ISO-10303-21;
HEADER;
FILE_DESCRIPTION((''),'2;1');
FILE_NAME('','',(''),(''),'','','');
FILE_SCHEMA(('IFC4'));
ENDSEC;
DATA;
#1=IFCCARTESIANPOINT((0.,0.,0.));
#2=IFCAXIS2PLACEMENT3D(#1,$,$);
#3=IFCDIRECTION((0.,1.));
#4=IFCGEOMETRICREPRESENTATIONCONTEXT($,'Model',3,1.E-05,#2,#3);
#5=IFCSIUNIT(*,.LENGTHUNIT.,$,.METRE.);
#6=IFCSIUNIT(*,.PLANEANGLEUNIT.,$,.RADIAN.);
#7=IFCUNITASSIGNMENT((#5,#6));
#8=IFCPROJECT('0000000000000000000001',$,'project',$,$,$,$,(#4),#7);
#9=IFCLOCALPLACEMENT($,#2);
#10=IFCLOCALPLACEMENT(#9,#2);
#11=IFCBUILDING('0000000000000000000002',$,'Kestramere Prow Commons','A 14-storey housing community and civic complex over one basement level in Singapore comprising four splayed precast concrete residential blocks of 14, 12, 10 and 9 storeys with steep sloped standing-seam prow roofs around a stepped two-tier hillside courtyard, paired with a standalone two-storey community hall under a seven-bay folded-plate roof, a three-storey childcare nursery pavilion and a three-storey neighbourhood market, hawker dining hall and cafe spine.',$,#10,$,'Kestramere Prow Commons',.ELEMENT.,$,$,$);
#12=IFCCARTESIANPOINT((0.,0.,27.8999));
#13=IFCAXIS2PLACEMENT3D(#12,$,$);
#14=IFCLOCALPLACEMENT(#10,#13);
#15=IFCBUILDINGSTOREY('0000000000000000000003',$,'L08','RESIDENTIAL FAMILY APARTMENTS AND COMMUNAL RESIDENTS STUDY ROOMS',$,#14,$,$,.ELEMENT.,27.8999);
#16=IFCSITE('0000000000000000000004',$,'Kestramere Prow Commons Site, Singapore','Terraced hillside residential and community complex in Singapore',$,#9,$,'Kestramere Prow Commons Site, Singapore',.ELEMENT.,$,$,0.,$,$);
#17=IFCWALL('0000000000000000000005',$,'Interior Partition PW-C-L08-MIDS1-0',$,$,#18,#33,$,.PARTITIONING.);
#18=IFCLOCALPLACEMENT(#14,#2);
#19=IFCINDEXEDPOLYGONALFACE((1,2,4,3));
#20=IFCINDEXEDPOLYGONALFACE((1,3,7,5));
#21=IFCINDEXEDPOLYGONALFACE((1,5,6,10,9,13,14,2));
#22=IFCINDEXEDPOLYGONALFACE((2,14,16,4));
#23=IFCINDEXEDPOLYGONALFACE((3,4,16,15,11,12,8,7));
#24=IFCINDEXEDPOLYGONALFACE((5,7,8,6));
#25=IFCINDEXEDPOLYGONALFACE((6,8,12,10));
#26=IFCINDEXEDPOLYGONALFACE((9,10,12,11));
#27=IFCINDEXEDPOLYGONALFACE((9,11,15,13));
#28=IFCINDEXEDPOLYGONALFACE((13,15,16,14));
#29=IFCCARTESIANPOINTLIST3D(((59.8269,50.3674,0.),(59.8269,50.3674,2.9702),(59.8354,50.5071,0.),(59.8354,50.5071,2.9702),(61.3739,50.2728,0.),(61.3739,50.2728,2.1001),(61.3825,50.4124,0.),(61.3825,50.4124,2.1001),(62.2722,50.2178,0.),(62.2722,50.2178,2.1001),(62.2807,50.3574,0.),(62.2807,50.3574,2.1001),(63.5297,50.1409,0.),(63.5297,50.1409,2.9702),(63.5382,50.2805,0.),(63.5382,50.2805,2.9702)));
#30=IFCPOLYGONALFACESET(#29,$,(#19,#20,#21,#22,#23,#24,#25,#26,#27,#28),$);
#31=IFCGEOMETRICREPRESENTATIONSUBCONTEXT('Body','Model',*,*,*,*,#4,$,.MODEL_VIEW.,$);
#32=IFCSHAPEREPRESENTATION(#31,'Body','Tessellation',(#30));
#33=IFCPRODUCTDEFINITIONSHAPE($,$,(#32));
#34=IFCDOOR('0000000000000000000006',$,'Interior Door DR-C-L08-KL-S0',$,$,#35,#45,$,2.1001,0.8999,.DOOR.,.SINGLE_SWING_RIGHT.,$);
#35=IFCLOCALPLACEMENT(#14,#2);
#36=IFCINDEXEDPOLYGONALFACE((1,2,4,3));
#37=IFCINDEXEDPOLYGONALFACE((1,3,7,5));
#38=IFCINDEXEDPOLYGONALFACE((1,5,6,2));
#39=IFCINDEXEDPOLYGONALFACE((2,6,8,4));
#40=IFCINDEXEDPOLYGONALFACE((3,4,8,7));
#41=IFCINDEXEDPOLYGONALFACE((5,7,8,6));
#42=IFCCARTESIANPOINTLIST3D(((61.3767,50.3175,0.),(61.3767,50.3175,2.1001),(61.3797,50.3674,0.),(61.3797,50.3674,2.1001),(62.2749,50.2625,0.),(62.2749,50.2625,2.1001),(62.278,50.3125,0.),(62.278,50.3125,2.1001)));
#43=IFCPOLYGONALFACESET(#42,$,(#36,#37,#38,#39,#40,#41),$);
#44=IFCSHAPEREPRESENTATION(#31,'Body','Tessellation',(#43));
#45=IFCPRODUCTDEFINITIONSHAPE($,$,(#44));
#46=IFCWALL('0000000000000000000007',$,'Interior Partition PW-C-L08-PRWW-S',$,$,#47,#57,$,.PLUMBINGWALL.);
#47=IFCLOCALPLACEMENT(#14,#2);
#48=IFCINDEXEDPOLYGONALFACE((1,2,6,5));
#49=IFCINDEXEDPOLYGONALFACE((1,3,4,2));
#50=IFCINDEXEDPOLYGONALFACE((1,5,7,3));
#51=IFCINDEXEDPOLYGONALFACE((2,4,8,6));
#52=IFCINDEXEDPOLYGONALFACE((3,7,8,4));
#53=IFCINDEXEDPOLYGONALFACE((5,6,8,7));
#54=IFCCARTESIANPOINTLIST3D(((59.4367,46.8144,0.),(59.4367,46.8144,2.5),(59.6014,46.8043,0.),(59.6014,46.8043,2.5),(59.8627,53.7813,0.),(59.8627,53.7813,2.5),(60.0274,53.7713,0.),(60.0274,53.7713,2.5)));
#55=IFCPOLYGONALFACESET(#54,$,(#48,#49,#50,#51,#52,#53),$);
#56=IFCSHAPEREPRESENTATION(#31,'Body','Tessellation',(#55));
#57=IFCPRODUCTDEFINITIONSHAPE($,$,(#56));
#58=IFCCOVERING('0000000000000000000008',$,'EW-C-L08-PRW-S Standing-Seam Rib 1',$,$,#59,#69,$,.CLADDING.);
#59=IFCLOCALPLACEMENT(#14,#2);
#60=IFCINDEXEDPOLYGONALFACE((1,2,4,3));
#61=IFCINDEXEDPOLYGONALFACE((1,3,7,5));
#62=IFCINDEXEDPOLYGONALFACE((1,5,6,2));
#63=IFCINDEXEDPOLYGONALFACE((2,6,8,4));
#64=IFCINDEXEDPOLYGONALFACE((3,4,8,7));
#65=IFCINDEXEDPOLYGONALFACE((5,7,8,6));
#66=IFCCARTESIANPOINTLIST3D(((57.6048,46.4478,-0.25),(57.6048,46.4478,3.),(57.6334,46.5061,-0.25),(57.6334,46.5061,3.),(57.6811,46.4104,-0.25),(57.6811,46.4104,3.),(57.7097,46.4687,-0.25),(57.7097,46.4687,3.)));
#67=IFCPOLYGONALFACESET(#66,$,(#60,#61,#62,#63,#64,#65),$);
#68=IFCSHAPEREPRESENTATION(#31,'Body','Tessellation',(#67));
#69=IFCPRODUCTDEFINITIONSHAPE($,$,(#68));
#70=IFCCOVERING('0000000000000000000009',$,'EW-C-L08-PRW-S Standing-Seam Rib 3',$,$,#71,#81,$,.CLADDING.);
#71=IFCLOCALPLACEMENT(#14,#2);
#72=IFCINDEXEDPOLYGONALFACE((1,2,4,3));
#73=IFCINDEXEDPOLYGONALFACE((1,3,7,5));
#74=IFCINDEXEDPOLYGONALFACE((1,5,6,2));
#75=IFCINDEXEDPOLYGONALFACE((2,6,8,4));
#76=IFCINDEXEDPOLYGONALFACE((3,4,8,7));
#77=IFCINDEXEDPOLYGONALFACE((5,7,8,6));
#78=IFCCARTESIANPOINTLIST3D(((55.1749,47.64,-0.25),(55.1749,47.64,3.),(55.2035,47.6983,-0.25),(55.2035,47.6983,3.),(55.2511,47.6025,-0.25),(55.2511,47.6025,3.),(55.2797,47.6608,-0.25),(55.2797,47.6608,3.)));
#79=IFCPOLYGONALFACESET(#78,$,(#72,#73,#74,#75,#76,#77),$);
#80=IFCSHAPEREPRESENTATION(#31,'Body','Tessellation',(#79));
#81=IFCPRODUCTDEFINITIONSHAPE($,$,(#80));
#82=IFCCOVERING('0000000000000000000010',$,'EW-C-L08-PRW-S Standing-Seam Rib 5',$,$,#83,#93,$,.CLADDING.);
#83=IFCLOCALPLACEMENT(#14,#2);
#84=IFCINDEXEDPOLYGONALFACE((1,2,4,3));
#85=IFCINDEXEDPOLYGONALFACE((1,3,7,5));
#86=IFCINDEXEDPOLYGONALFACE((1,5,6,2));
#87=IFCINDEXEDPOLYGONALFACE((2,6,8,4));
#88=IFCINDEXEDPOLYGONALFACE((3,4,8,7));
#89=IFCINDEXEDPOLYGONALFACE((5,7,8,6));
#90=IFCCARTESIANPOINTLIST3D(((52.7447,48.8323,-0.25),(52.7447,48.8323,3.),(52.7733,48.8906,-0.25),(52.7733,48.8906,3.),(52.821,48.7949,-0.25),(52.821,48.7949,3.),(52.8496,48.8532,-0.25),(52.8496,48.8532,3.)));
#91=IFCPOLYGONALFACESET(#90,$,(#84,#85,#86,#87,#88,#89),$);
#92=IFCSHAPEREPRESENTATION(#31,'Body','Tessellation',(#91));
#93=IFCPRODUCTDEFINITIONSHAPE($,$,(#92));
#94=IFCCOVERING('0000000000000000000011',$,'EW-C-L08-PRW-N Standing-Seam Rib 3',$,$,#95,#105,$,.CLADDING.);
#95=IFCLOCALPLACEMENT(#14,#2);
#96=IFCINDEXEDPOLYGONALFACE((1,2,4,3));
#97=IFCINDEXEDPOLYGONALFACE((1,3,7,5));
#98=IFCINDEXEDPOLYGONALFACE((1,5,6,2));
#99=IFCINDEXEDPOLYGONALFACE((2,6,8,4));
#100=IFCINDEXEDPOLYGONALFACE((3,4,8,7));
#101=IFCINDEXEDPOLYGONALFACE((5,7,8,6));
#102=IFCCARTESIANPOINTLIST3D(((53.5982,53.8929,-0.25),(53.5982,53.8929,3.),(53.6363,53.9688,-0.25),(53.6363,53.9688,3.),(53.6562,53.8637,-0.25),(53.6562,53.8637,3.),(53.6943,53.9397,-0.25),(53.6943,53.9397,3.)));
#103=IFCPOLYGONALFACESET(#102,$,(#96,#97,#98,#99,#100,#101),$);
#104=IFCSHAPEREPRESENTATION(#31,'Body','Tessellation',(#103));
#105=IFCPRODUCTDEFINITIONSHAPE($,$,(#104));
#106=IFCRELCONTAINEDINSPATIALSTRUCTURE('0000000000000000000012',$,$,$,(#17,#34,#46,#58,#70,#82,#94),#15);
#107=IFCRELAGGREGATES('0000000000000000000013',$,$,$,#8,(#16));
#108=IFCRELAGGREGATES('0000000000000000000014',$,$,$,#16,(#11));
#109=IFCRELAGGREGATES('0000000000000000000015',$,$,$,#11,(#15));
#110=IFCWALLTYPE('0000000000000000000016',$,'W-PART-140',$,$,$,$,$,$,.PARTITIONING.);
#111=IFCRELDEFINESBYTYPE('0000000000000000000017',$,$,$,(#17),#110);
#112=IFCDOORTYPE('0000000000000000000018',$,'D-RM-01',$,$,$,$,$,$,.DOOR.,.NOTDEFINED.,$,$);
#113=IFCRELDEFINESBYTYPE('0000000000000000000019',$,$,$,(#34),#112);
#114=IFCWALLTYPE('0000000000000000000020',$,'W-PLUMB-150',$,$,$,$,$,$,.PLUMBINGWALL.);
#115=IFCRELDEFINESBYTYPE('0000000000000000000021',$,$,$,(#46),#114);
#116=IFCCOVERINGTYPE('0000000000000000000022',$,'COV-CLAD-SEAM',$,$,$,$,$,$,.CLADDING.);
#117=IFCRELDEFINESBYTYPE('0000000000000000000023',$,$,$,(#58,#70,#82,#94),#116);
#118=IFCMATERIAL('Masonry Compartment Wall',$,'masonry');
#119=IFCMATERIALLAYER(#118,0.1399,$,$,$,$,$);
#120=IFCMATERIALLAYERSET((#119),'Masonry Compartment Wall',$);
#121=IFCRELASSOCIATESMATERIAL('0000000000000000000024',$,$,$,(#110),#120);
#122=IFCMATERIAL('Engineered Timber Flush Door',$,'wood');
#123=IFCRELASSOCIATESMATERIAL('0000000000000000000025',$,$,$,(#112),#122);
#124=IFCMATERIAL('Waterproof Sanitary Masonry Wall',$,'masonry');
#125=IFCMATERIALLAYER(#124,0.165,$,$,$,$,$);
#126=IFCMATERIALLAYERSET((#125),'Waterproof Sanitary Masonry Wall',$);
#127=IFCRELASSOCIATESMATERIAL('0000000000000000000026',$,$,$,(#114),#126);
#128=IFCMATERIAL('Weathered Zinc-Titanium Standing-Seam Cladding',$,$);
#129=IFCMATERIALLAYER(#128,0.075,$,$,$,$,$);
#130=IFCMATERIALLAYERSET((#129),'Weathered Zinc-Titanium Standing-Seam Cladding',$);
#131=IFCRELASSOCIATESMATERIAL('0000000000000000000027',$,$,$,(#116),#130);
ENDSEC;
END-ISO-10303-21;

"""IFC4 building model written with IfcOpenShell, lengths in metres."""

from ifc_helpers import new_model, si_unit, direction, frame, frame_2d, origin, origin_2d, place, context, subcontext, project, spatial, rectangle, extrude, material, layer, layer_set, type_object, element, fill, save


model = new_model("IFC4")

# Units and contexts
model_context = context("Model", 3, precision=1e-05, world=origin(), true_north=direction((0.0, 1.0)))
body_context = subcontext(model_context, "Body", "Model", "MODEL_VIEW")
ifc_project = project(units=[si_unit("LENGTHUNIT", "METRE"), si_unit("PLANEANGLEUNIT", "RADIAN")], contexts=[model_context])

# Site, building, storey
site_placement = place(None, origin())
site = spatial("IfcSite", under=ifc_project, at=site_placement, Name="Kestramere Prow Commons Site, Singapore", Description="Terraced hillside residential and community complex in Singapore", LongName="Kestramere Prow Commons Site, Singapore", CompositionType="ELEMENT", RefElevation=0.0)
building_placement = place(site_placement, origin())
building = spatial("IfcBuilding", under=site, at=building_placement, Name="Kestramere Prow Commons", Description="A 14-storey housing community and civic complex over one basement level in Singapore comprising four splayed precast concrete residential blocks of 14, 12, 10 and 9 storeys with steep sloped standing-seam prow roofs around a stepped two-tier hillside courtyard, paired with a standalone two-storey community hall under a seven-bay folded-plate roof, a three-storey childcare nursery pavilion and a three-storey neighbourhood market, hawker dining hall and cafe spine.", LongName="Kestramere Prow Commons", CompositionType="ELEMENT")
storey_placement = place(building_placement, frame((0.0, 0.0, 27.8999)))
storey = spatial("IfcBuildingStorey", under=building, at=storey_placement, Name="L08", Description="RESIDENTIAL FAMILY APARTMENTS AND COMMUNAL RESIDENTS STUDY ROOMS", CompositionType="ELEMENT", Elevation=27.8999)

# Shared definitions
ifc_material_1 = material(Name="Weathered Zinc-Titanium Standing-Seam Cladding")

# Wall, opening, door
ifc_material_2 = material(Name="Masonry Compartment Wall", Category="masonry")
ifc_layer_1 = layer(ifc_material_2, 0.1399)
ifc_layer_set_1 = layer_set([ifc_layer_1], Name="Masonry Compartment Wall")
wall_type_1 = type_object("IfcWallType", Name="W-PART-140", PredefinedType="PARTITIONING", material=ifc_layer_set_1)
wall_1_placement = place(storey_placement, frame((59.8311, 50.4373, 0.0), z_axis=(0.0, 0.0, 1.0), x_axis=(0.998133, -0.061071, 0.0)))
wall_1 = element("IfcWall", 1, at=wall_1_placement, inside=storey, type_object=wall_type_1, Name="Interior Partition PW-C-L08-MIDS1-0", PredefinedType="PARTITIONING", context=body_context, shape_type="SweptSolid", body=[
    extrude(rectangle(XDim=3.7097, YDim=0.1399, at=frame_2d((1.855, 0.0))), origin(), (0.0, 0.0, 1.0), 2.9702),
])
opening_1_placement = place(wall_1_placement, frame((1.55, 0.0, 0.0)))
opening_1 = element("IfcOpeningElement", 2, at=opening_1_placement, cuts=wall_1, PredefinedType="OPENING", context=body_context, shape_type="SweptSolid", body=[
    extrude(rectangle(XDim=0.8999, YDim=2.1001, at=frame_2d((0.45, 1.05))), frame((0.0, 0.085, 0.0), z_axis=(0.0, -1.0, 0.0), x_axis=(1.0, 0.0, 0.0)), (0.0, 0.0, 1.0), 0.1699),
])
ifc_material_3 = material(Name="Engineered Timber Flush Door", Category="wood")
door_type = type_object("IfcDoorType", Name="D-RM-01", OperationType="NOTDEFINED", PredefinedType="DOOR", material=ifc_material_3)
door_placement = place(opening_1_placement, origin())
door = element("IfcDoor", 3, at=door_placement, inside=storey, type_object=door_type, Name="Interior Door DR-C-L08-KL-S0", OperationType="SINGLE_SWING_RIGHT", OverallHeight=2.1001, OverallWidth=0.8999, PredefinedType="DOOR", context=body_context, shape_type="SweptSolid", body=[
    extrude(rectangle(XDim=0.8999, YDim=2.1001, at=frame_2d((0.45, 1.05))), frame((0.0, 0.0249, 0.0), z_axis=(0.0, -1.0, 0.0), x_axis=(1.0, 0.0, 0.0)), (0.0, 0.0, 1.0), 0.05),
])
fill(opening_1, door)

# Wall
ifc_material_4 = material(Name="Waterproof Sanitary Masonry Wall", Category="masonry")
ifc_layer_2 = layer(ifc_material_4, 0.165)
ifc_layer_set_2 = layer_set([ifc_layer_2], Name="Waterproof Sanitary Masonry Wall")
wall_type_2 = type_object("IfcWallType", Name="W-PLUMB-150", PredefinedType="PLUMBINGWALL", material=ifc_layer_set_2)
wall_2_placement = place(storey_placement, frame((59.519, 46.8093, 0.0), z_axis=(0.0, 0.0, 1.0), x_axis=(0.061035, 0.998136, 0.0)))
element("IfcWall", 4, at=wall_2_placement, inside=storey, type_object=wall_type_2, Name="Interior Partition PW-C-L08-PRWW-S", PredefinedType="PLUMBINGWALL", context=body_context, shape_type="SweptSolid", body=[
    extrude(rectangle(XDim=6.98, YDim=0.165, at=frame_2d((3.49, 0.0))), origin(), (0.0, 0.0, 1.0), 2.5),
])

# Coverings
ifc_layer_3 = layer(ifc_material_1, 0.075)
ifc_layer_set_3 = layer_set([ifc_layer_3], Name="Weathered Zinc-Titanium Standing-Seam Cladding")
covering_type = type_object("IfcCoveringType", Name="COV-CLAD-SEAM", PredefinedType="CLADDING", material=ifc_layer_set_3)
for number, where, z_axis, x_axis, name in (
    (5, (57.6572, 46.4583, -0.25), (0.0, 0.0, 1.0), (-0.897771, 0.440463, 0.0), "EW-C-L08-PRW-S Standing-Seam Rib 1"),
    (6, (55.2273, 47.6504, -0.25), (0.0, 0.0, 1.0), (-0.897771, 0.440463, 0.0), "EW-C-L08-PRW-S Standing-Seam Rib 3"),
    (7, (52.7971, 48.8428, -0.25), (0.0, 0.0, 1.0), (-0.897771, 0.440463, 0.0), "EW-C-L08-PRW-S Standing-Seam Rib 5"),
    (8, (53.6462, 53.9163, -0.25), (0.0, 0.0, 1.0), (0.44862, 0.893722, 0.0), "EW-C-L08-PRW-N Standing-Seam Rib 3"),
):
    element("IfcCovering", number, at=place(storey_placement, frame(where, z_axis=z_axis, x_axis=x_axis)), inside=storey, type_object=covering_type, Name=name, PredefinedType="CLADDING", context=body_context, shape_type="SweptSolid", body=[
        extrude(rectangle(XDim=0.085, YDim=0.0649, at=origin_2d()), origin(), (0.0, 0.0, 1.0), 3.25),
    ])

save(model, "model.ifc")
